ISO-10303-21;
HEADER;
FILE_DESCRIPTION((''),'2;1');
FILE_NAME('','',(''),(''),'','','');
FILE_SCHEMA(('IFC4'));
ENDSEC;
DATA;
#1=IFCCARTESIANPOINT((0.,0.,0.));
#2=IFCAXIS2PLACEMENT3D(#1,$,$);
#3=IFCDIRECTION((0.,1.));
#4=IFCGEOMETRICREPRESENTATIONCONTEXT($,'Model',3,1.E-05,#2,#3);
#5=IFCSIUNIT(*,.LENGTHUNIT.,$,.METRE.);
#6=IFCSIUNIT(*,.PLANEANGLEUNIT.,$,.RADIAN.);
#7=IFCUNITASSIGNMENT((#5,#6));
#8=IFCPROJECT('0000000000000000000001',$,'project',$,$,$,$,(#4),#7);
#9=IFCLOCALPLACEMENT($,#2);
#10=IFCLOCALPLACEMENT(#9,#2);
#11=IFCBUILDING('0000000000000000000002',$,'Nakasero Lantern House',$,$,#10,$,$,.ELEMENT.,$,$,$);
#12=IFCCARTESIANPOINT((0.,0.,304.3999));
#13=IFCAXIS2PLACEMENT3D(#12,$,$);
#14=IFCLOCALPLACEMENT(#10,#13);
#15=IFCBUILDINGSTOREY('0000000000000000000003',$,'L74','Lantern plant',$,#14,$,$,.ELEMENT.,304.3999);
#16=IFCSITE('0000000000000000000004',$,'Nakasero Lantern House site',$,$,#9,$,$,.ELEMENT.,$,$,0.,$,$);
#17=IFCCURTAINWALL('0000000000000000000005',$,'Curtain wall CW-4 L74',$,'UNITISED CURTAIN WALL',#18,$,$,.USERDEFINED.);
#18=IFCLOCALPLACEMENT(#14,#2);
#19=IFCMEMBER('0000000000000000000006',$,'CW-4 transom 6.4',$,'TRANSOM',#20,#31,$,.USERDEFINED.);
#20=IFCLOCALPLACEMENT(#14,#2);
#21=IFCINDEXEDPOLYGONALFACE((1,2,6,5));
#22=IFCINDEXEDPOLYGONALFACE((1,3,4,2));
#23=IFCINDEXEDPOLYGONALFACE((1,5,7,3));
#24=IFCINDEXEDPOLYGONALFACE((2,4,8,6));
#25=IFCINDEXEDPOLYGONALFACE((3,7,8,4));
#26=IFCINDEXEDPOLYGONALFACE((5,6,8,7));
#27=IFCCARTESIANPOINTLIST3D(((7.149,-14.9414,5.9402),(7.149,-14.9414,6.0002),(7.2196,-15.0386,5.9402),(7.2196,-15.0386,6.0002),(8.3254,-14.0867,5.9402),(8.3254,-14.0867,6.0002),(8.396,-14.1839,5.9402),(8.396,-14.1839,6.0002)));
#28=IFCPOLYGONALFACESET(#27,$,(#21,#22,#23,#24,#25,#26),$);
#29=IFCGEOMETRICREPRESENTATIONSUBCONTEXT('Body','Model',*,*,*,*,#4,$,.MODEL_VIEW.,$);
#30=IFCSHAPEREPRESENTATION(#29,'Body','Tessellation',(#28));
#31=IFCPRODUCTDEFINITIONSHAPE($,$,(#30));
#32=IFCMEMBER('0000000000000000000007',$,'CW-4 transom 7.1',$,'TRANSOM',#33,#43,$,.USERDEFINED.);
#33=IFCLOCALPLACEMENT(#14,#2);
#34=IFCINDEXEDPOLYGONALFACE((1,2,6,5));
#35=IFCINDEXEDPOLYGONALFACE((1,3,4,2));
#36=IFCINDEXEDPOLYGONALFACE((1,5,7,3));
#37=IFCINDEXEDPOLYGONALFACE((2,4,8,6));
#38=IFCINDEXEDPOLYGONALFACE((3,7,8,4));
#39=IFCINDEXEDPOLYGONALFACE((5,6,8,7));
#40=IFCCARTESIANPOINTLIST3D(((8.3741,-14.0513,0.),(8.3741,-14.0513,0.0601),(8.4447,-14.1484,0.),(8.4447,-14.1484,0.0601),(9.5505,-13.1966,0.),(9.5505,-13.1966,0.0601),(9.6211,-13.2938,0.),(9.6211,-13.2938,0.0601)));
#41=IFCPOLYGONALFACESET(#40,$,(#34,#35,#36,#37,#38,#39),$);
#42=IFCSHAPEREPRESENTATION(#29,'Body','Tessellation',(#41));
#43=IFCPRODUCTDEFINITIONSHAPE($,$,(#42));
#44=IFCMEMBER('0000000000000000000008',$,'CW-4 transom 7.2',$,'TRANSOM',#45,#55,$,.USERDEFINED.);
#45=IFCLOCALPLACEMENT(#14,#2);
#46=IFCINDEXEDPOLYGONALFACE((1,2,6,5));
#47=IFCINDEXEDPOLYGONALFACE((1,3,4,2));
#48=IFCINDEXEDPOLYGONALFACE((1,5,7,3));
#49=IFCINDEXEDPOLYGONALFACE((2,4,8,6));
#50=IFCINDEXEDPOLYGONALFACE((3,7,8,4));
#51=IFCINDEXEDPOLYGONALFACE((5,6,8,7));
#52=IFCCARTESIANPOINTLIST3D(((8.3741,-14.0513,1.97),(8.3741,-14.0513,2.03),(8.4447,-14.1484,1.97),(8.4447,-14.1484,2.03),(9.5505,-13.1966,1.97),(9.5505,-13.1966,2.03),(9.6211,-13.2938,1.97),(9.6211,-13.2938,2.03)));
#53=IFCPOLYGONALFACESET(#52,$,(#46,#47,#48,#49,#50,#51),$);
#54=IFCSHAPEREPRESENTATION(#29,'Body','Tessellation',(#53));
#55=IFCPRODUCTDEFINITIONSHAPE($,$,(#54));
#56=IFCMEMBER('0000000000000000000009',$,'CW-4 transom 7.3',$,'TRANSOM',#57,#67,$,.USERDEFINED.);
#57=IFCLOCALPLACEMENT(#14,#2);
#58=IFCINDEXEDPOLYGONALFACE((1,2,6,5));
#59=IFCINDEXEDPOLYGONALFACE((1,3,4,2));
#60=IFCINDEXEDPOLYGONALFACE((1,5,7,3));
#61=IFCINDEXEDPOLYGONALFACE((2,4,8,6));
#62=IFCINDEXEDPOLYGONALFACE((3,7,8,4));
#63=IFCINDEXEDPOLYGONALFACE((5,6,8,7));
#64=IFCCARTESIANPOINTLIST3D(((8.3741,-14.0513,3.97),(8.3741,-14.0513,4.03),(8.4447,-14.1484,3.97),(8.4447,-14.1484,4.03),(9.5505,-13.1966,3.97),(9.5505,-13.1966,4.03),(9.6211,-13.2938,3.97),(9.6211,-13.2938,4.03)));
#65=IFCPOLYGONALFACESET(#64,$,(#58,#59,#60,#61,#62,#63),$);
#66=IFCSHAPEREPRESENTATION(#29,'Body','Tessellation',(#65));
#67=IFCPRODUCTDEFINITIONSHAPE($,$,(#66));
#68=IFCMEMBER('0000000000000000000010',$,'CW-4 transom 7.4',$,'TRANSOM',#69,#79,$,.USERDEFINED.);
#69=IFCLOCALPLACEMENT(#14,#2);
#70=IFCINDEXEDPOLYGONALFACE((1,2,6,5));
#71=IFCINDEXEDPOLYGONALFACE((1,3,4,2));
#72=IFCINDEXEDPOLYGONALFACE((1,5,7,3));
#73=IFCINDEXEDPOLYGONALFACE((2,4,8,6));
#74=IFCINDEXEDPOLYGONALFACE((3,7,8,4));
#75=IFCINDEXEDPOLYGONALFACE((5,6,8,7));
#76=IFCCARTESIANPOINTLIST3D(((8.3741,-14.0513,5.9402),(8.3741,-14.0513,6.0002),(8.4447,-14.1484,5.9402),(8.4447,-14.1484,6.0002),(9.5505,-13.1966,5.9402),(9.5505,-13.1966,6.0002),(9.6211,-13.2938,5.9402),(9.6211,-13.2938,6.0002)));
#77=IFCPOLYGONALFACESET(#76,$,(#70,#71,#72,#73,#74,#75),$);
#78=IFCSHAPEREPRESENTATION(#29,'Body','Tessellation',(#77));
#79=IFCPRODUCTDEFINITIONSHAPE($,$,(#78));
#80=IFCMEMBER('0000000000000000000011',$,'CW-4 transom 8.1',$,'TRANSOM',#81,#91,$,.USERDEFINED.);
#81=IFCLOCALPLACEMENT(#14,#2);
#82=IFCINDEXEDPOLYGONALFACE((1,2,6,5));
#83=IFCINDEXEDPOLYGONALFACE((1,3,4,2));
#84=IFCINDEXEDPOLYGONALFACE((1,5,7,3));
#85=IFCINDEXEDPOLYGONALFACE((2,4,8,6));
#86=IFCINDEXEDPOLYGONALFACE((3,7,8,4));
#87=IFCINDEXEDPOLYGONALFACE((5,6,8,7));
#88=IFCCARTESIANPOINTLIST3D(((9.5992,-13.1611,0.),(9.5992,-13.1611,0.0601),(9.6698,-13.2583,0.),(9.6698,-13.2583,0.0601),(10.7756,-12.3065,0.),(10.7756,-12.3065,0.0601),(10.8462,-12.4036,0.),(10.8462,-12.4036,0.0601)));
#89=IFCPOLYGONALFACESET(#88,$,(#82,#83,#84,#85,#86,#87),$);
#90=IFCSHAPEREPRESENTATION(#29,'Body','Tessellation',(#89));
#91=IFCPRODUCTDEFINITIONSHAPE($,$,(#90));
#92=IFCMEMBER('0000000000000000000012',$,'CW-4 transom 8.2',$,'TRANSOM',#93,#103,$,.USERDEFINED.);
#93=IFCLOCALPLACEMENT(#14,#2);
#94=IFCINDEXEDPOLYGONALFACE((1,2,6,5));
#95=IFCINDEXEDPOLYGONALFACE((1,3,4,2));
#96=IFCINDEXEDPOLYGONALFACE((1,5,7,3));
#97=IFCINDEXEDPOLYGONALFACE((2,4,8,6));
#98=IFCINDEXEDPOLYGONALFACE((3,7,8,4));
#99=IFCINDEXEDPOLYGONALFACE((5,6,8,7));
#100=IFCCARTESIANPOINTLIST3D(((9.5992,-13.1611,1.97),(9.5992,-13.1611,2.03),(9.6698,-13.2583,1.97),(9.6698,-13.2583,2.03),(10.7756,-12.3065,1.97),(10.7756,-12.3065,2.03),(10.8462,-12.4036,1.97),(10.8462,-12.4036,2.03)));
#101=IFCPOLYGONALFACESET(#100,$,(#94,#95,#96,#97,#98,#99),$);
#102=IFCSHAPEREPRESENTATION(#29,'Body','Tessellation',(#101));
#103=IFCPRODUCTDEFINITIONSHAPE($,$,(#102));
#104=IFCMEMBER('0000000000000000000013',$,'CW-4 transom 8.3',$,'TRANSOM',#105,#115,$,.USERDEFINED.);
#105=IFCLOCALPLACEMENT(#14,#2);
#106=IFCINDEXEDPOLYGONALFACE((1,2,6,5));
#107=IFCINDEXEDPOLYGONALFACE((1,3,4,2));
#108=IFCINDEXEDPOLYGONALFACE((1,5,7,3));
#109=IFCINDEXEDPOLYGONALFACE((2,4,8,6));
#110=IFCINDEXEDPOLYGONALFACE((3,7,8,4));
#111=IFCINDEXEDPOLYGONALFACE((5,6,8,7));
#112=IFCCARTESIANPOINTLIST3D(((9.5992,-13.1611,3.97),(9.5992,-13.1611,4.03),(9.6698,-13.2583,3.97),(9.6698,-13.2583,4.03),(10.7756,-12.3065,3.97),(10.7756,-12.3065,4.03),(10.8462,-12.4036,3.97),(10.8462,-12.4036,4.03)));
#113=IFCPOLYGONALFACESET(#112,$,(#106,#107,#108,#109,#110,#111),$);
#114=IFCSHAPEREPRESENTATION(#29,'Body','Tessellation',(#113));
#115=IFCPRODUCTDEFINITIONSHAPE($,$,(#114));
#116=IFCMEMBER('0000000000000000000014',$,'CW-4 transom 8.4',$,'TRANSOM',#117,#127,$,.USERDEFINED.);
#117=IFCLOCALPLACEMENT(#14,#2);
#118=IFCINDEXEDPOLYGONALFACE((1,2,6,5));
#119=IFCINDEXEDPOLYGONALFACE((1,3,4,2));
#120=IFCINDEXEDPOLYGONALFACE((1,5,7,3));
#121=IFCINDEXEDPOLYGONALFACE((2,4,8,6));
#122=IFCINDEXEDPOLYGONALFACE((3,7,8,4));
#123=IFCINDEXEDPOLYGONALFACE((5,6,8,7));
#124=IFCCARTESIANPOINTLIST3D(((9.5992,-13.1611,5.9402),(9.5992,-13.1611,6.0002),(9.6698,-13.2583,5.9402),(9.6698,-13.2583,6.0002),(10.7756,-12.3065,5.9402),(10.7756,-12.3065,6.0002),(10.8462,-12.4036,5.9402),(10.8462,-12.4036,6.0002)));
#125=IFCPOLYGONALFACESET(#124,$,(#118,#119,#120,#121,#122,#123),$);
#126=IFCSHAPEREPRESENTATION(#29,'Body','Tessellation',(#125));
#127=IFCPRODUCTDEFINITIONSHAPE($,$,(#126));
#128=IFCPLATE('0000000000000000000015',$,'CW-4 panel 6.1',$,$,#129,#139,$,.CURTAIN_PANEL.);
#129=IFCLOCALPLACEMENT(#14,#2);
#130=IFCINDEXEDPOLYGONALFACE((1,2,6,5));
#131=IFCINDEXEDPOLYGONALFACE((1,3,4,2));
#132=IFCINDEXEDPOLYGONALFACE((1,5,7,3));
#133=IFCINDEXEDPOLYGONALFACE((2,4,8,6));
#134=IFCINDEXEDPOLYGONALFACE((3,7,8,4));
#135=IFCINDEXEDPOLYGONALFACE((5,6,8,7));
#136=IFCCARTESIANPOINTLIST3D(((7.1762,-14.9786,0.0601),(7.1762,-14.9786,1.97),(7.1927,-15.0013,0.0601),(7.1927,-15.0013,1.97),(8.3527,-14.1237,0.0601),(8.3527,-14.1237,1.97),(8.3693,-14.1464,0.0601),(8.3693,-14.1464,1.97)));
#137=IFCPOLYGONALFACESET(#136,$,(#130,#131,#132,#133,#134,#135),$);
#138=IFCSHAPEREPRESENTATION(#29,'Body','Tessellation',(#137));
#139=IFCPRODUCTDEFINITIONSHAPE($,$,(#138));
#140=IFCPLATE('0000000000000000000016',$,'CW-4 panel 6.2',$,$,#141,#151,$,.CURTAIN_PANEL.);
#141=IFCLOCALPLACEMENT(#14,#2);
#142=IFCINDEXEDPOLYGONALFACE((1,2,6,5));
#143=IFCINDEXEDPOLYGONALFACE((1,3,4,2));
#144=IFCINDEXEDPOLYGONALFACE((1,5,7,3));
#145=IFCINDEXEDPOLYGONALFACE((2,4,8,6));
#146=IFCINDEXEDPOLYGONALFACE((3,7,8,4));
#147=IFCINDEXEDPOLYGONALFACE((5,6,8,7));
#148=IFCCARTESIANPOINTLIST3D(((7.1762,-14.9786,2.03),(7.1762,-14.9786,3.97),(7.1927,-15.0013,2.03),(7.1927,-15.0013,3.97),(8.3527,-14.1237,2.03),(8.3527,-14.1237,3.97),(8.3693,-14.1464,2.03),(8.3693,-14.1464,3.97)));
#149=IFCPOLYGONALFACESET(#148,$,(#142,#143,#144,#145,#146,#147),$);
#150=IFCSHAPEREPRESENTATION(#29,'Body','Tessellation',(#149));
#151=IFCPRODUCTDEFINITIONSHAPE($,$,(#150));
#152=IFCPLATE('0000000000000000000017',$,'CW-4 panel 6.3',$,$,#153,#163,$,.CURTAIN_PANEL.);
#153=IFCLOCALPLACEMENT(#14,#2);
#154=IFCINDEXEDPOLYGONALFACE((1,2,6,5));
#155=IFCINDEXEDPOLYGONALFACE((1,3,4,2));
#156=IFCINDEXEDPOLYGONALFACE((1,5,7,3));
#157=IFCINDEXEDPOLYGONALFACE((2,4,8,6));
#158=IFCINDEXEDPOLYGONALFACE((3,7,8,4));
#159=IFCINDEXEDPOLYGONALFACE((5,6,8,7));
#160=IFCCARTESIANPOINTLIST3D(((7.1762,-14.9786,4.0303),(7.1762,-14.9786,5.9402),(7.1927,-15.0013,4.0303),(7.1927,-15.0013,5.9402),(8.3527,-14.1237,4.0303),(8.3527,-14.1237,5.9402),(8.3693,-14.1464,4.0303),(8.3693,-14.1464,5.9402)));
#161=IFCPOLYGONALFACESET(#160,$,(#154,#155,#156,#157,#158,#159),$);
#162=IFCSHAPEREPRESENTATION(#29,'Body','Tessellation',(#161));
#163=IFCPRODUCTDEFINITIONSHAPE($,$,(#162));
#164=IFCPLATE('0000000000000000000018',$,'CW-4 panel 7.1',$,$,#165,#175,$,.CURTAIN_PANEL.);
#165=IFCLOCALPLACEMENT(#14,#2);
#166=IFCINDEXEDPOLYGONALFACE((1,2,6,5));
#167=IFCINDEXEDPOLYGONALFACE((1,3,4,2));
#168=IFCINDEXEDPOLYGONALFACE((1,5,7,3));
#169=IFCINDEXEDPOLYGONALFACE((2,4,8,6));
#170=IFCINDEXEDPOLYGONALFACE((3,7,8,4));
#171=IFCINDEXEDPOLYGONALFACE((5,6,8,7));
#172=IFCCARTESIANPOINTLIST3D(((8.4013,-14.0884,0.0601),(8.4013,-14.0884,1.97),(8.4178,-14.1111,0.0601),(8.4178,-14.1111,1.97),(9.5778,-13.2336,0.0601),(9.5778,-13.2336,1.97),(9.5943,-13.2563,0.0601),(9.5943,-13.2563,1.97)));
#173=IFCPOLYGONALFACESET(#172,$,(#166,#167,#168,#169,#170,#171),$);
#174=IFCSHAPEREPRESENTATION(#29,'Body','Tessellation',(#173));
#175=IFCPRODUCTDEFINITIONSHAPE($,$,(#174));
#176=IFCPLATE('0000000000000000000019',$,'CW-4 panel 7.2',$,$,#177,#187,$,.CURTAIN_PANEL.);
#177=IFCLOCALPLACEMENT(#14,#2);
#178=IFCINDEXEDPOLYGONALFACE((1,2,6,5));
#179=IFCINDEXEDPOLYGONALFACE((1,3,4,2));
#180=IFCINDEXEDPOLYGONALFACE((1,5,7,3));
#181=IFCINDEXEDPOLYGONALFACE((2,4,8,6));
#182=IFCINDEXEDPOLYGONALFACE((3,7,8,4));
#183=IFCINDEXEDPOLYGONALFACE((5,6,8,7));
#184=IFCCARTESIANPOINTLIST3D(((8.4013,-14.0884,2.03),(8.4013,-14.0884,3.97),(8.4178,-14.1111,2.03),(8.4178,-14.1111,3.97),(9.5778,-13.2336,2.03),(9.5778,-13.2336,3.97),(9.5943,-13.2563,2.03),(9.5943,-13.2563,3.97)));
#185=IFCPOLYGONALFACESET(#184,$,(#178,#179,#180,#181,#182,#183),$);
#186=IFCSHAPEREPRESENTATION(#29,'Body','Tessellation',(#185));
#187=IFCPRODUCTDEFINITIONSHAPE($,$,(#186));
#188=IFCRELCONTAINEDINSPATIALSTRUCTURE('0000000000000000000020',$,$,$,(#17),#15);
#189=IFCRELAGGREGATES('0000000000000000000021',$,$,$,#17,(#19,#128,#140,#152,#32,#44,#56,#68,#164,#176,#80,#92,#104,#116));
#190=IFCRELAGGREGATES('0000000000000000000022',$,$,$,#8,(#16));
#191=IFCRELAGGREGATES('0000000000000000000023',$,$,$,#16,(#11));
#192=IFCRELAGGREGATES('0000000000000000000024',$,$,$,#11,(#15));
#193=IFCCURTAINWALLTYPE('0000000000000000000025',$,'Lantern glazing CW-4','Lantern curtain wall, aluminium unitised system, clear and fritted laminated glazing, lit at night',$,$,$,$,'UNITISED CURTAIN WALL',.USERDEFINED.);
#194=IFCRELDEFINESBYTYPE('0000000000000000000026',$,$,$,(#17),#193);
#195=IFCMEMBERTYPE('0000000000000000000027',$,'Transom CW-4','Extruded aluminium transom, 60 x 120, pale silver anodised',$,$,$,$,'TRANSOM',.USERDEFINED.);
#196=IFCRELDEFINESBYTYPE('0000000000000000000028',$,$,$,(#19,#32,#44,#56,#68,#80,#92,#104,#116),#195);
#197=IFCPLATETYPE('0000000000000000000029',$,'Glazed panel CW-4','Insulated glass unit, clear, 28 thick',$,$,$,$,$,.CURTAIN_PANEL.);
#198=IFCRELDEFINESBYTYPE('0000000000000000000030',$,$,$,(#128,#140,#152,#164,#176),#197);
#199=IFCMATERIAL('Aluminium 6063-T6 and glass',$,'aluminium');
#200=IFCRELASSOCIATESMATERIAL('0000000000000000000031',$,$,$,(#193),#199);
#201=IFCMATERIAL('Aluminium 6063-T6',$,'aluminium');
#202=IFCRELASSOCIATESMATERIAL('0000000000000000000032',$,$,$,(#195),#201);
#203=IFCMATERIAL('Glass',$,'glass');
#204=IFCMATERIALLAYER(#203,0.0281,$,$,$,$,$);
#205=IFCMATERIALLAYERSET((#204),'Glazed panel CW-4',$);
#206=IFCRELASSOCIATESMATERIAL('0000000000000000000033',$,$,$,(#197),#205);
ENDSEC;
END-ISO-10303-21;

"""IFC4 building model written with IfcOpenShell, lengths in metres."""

from ifc_helpers import new_model, si_unit, direction, frame, origin, origin_2d, place, context, subcontext, project, spatial, rectangle, extrude, material, layer, layer_set, material_profile, profile_set, type_object, element, aggregate, save


model = new_model("IFC4")

# Units and contexts
model_context = context("Model", 3, precision=1e-05, world=origin(), true_north=direction((0.0, 1.0)))
body_context = subcontext(model_context, "Body", "Model", "MODEL_VIEW")
ifc_project = project(units=[si_unit("LENGTHUNIT", "METRE"), si_unit("PLANEANGLEUNIT", "RADIAN")], contexts=[model_context])

# Site, building, storey
site_placement = place(None, origin())
site = spatial("IfcSite", under=ifc_project, at=site_placement, Name="Nakasero Lantern House site", CompositionType="ELEMENT", RefElevation=0.0)
building_placement = place(site_placement, origin())
building = spatial("IfcBuilding", under=site, at=building_placement, Name="Nakasero Lantern House", CompositionType="ELEMENT")
storey_placement = place(building_placement, frame((0.0, 0.0, 304.3999)))
storey = spatial("IfcBuildingStorey", under=building, at=storey_placement, Name="L74", Description="Lantern plant", CompositionType="ELEMENT", Elevation=304.3999)

# Curtain wall
ifc_material_1 = material(Name="Aluminium 6063-T6 and glass", Category="aluminium")
curtain_wall_type = type_object("IfcCurtainWallType", Name="Lantern glazing CW-4", Description="Lantern curtain wall, aluminium unitised system, clear and fritted laminated glazing, lit at night", ElementType="UNITISED CURTAIN WALL", PredefinedType="USERDEFINED", material=ifc_material_1)
curtain_wall_placement = place(storey_placement, origin())
curtain_wall = element("IfcCurtainWall", 1, at=curtain_wall_placement, inside=storey, type_object=curtain_wall_type, Name="Curtain wall CW-4 L74", ObjectType="UNITISED CURTAIN WALL", PredefinedType="USERDEFINED")

# Members
ifc_material_2 = material(Name="Aluminium 6063-T6", Category="aluminium")
ifc_material_profile_1 = material_profile(ifc_material_2, rectangle(XDim=0.0601, YDim=0.1201, at=origin_2d()), Name="CW-4 transom 60x120")
ifc_profile_set_1 = profile_set([ifc_material_profile_1], Name="Aluminium 6063-T6")
member_type_1 = type_object("IfcMemberType", Name="Transom CW-4", Description="Extruded aluminium transom, 60 x 120, pale silver anodised", ElementType="TRANSOM", PredefinedType="USERDEFINED", material=ifc_profile_set_1)
member_1_placement = place(storey_placement, frame((7.1843, -14.99, 5.9702), z_axis=(0.809034, 0.587762, 0.0), x_axis=(0.0, 0.0, 1.0)))
member_1 = element("IfcMember", 2, at=member_1_placement, type_object=member_type_1, Name="CW-4 transom 6.4", ObjectType="TRANSOM", PredefinedType="USERDEFINED", context=body_context, shape_type="SweptSolid", body=[
    extrude(rectangle(XDim=0.0601, YDim=0.1201, at=origin_2d()), origin(), (0.0, 0.0, 1.0), 1.4541),
])
member_2_placement = place(storey_placement, frame((8.4094, -14.0999, 0.03), z_axis=(0.809034, 0.587762, 0.0), x_axis=(0.0, 0.0, 1.0)))
member_2 = element("IfcMember", 3, at=member_2_placement, type_object=member_type_1, Name="CW-4 transom 7.1", ObjectType="TRANSOM", PredefinedType="USERDEFINED", context=body_context, shape_type="SweptSolid", body=[
    extrude(rectangle(XDim=0.0601, YDim=0.1201, at=origin_2d()), origin(), (0.0, 0.0, 1.0), 1.4541),
])
member_3_placement = place(storey_placement, frame((8.4094, -14.0999, 2.0), z_axis=(0.809034, 0.587762, 0.0), x_axis=(0.0, 0.0, 1.0)))
member_3 = element("IfcMember", 4, at=member_3_placement, type_object=member_type_1, Name="CW-4 transom 7.2", ObjectType="TRANSOM", PredefinedType="USERDEFINED", context=body_context, shape_type="SweptSolid", body=[
    extrude(rectangle(XDim=0.0601, YDim=0.1201, at=origin_2d()), origin(), (0.0, 0.0, 1.0), 1.4541),
])
member_4_placement = place(storey_placement, frame((8.4094, -14.0999, 4.0), z_axis=(0.809034, 0.587762, 0.0), x_axis=(0.0, 0.0, 1.0)))
member_4 = element("IfcMember", 5, at=member_4_placement, type_object=member_type_1, Name="CW-4 transom 7.3", ObjectType="TRANSOM", PredefinedType="USERDEFINED", context=body_context, shape_type="SweptSolid", body=[
    extrude(rectangle(XDim=0.0601, YDim=0.1201, at=origin_2d()), origin(), (0.0, 0.0, 1.0), 1.4541),
])
member_5_placement = place(storey_placement, frame((8.4094, -14.0999, 5.9702), z_axis=(0.809034, 0.587762, 0.0), x_axis=(0.0, 0.0, 1.0)))
member_5 = element("IfcMember", 6, at=member_5_placement, type_object=member_type_1, Name="CW-4 transom 7.4", ObjectType="TRANSOM", PredefinedType="USERDEFINED", context=body_context, shape_type="SweptSolid", body=[
    extrude(rectangle(XDim=0.0601, YDim=0.1201, at=origin_2d()), origin(), (0.0, 0.0, 1.0), 1.4541),
])
member_6_placement = place(storey_placement, frame((9.6345, -13.2097, 0.03), z_axis=(0.809034, 0.587762, 0.0), x_axis=(0.0, 0.0, 1.0)))
member_6 = element("IfcMember", 7, at=member_6_placement, type_object=member_type_1, Name="CW-4 transom 8.1", ObjectType="TRANSOM", PredefinedType="USERDEFINED", context=body_context, shape_type="SweptSolid", body=[
    extrude(rectangle(XDim=0.0601, YDim=0.1201, at=origin_2d()), origin(), (0.0, 0.0, 1.0), 1.4541),
])
member_7_placement = place(storey_placement, frame((9.6345, -13.2097, 2.0), z_axis=(0.809034, 0.587762, 0.0), x_axis=(0.0, 0.0, 1.0)))
member_7 = element("IfcMember", 8, at=member_7_placement, type_object=member_type_1, Name="CW-4 transom 8.2", ObjectType="TRANSOM", PredefinedType="USERDEFINED", context=body_context, shape_type="SweptSolid", body=[
    extrude(rectangle(XDim=0.0601, YDim=0.1201, at=origin_2d()), origin(), (0.0, 0.0, 1.0), 1.4541),
])
member_8_placement = place(storey_placement, frame((9.6345, -13.2097, 4.0), z_axis=(0.809034, 0.587762, 0.0), x_axis=(0.0, 0.0, 1.0)))
member_8 = element("IfcMember", 9, at=member_8_placement, type_object=member_type_1, Name="CW-4 transom 8.3", ObjectType="TRANSOM", PredefinedType="USERDEFINED", context=body_context, shape_type="SweptSolid", body=[
    extrude(rectangle(XDim=0.0601, YDim=0.1201, at=origin_2d()), origin(), (0.0, 0.0, 1.0), 1.4541),
])
member_9_placement = place(storey_placement, frame((9.6345, -13.2097, 5.9702), z_axis=(0.809034, 0.587762, 0.0), x_axis=(0.0, 0.0, 1.0)))
member_9 = element("IfcMember", 10, at=member_9_placement, type_object=member_type_1, Name="CW-4 transom 8.4", ObjectType="TRANSOM", PredefinedType="USERDEFINED", context=body_context, shape_type="SweptSolid", body=[
    extrude(rectangle(XDim=0.0601, YDim=0.1201, at=origin_2d()), origin(), (0.0, 0.0, 1.0), 1.4541),
])

# Plates
ifc_material_3 = material(Name="Glass", Category="glass")
ifc_layer = layer(ifc_material_3, 0.0281)
ifc_layer_set = layer_set([ifc_layer], Name="Glazed panel CW-4")
plate_type = type_object("IfcPlateType", Name="Glazed panel CW-4", Description="Insulated glass unit, clear, 28 thick", PredefinedType="CURTAIN_PANEL", material=ifc_layer_set)
plate_1_placement = place(storey_placement, frame((7.7727, -14.5625, 0.0601), z_axis=(0.0, 0.0, 1.0), x_axis=(0.809017, 0.587785, 0.0)))
plate_1 = element("IfcPlate", 11, at=plate_1_placement, type_object=plate_type, Name="CW-4 panel 6.1", PredefinedType="CURTAIN_PANEL", context=body_context, shape_type="SweptSolid", body=[
    extrude(rectangle(XDim=1.4543, YDim=0.0281, at=origin_2d()), origin(), (0.0, 0.0, 1.0), 1.9099),
])
plate_2_placement = place(storey_placement, frame((7.7727, -14.5625, 2.03), z_axis=(0.0, 0.0, 1.0), x_axis=(0.809017, 0.587785, 0.0)))
plate_2 = element("IfcPlate", 12, at=plate_2_placement, type_object=plate_type, Name="CW-4 panel 6.2", PredefinedType="CURTAIN_PANEL", context=body_context, shape_type="SweptSolid", body=[
    extrude(rectangle(XDim=1.4543, YDim=0.0281, at=origin_2d()), origin(), (0.0, 0.0, 1.0), 1.9399),
])
plate_3_placement = place(storey_placement, frame((7.7727, -14.5625, 4.0303), z_axis=(0.0, 0.0, 1.0), x_axis=(0.809017, 0.587785, 0.0)))
plate_3 = element("IfcPlate", 13, at=plate_3_placement, type_object=plate_type, Name="CW-4 panel 6.3", PredefinedType="CURTAIN_PANEL", context=body_context, shape_type="SweptSolid", body=[
    extrude(rectangle(XDim=1.4543, YDim=0.0281, at=origin_2d()), origin(), (0.0, 0.0, 1.0), 1.9099),
])
plate_4_placement = place(storey_placement, frame((8.9978, -13.6724, 0.0601), z_axis=(0.0, 0.0, 1.0), x_axis=(0.809017, 0.587785, 0.0)))
plate_4 = element("IfcPlate", 14, at=plate_4_placement, type_object=plate_type, Name="CW-4 panel 7.1", PredefinedType="CURTAIN_PANEL", context=body_context, shape_type="SweptSolid", body=[
    extrude(rectangle(XDim=1.4543, YDim=0.0281, at=origin_2d()), origin(), (0.0, 0.0, 1.0), 1.9099),
])
plate_5_placement = place(storey_placement, frame((8.9978, -13.6724, 2.03), z_axis=(0.0, 0.0, 1.0), x_axis=(0.809017, 0.587785, 0.0)))
plate_5 = element("IfcPlate", 15, at=plate_5_placement, type_object=plate_type, Name="CW-4 panel 7.2", PredefinedType="CURTAIN_PANEL", context=body_context, shape_type="SweptSolid", body=[
    extrude(rectangle(XDim=1.4543, YDim=0.0281, at=origin_2d()), origin(), (0.0, 0.0, 1.0), 1.9399),
])
aggregate(curtain_wall, [member_1, plate_1, plate_2, plate_3, member_2, member_3, member_4, member_5, plate_4, plate_5, member_6, member_7, member_8, member_9])

save(model, "model.ifc")
